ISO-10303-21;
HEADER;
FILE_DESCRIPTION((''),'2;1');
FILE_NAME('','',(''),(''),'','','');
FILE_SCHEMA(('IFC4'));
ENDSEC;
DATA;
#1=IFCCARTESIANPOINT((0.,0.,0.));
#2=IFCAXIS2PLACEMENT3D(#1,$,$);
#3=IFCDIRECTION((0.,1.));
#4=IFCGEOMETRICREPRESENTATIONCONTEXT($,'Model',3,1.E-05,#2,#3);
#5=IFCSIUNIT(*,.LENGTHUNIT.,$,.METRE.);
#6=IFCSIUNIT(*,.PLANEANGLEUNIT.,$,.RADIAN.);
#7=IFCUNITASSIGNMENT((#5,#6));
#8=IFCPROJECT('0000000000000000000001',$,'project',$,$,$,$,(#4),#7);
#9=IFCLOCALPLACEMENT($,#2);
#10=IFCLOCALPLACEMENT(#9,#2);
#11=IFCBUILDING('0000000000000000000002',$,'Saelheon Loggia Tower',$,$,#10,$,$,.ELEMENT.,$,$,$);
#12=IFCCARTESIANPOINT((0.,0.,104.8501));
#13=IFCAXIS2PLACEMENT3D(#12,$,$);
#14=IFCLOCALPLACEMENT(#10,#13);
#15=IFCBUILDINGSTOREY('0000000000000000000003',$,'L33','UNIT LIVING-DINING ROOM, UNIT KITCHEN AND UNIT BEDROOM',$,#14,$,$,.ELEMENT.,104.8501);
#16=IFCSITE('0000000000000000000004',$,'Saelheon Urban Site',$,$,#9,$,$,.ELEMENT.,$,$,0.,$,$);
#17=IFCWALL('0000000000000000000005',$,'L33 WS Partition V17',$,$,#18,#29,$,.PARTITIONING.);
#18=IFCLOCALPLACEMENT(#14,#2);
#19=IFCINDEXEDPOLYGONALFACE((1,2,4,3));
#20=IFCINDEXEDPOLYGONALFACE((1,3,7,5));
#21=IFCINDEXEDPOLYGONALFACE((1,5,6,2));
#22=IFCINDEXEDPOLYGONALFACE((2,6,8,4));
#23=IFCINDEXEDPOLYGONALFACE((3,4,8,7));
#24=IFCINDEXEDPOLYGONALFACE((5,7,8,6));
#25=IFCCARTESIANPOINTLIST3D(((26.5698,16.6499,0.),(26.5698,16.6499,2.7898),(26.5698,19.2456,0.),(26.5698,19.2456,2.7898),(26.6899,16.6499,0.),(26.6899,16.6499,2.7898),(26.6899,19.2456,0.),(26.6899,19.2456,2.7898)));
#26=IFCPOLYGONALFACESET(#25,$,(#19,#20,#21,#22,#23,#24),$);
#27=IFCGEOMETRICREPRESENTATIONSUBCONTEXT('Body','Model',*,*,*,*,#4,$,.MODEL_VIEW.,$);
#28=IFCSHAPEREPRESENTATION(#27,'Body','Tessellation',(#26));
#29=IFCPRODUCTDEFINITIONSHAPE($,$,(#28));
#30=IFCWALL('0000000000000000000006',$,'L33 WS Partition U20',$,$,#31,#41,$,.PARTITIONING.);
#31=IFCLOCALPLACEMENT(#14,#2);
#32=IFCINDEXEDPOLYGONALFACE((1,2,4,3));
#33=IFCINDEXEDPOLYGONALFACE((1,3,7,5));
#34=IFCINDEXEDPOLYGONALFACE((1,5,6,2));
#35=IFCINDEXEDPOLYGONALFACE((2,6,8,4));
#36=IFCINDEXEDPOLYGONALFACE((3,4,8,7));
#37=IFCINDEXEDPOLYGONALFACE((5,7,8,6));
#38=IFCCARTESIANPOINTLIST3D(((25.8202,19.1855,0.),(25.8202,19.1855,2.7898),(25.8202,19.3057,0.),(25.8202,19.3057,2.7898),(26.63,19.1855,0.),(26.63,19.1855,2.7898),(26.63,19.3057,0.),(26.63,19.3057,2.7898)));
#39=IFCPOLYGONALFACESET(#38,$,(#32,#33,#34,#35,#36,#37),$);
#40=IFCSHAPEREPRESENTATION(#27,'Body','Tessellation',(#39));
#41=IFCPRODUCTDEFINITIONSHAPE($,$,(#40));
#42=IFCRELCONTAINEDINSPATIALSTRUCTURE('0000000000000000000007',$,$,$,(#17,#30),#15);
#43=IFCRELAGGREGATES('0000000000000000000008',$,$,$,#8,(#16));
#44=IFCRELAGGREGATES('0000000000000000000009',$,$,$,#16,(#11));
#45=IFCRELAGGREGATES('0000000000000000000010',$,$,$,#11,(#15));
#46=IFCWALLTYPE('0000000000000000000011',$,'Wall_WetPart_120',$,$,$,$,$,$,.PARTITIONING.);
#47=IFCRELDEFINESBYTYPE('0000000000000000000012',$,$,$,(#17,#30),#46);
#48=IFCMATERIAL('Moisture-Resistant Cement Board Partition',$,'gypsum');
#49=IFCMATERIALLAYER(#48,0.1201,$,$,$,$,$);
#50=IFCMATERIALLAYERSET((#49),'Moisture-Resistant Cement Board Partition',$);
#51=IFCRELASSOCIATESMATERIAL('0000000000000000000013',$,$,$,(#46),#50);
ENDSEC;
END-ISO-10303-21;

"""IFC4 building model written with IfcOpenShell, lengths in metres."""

from ifc_helpers import new_model, si_unit, direction, frame, frame_2d, origin, place, context, subcontext, project, spatial, rectangle, extrude, material, layer, layer_set, type_object, element, save


model = new_model("IFC4")

# Units and contexts
model_context = context("Model", 3, precision=1e-05, world=origin(), true_north=direction((0.0, 1.0)))
body_context = subcontext(model_context, "Body", "Model", "MODEL_VIEW")
ifc_project = project(units=[si_unit("LENGTHUNIT", "METRE"), si_unit("PLANEANGLEUNIT", "RADIAN")], contexts=[model_context])

# Site, building, storey
site_placement = place(None, origin())
site = spatial("IfcSite", under=ifc_project, at=site_placement, Name="Saelheon Urban Site", CompositionType="ELEMENT", RefElevation=0.0)
building_placement = place(site_placement, origin())
building = spatial("IfcBuilding", under=site, at=building_placement, Name="Saelheon Loggia Tower", CompositionType="ELEMENT")
storey_placement = place(building_placement, frame((0.0, 0.0, 104.8501)))
storey = spatial("IfcBuildingStorey", under=building, at=storey_placement, Name="L33", Description="UNIT LIVING-DINING ROOM, UNIT KITCHEN AND UNIT BEDROOM", CompositionType="ELEMENT", Elevation=104.8501)

# Walls
ifc_material_1 = material(Name="Moisture-Resistant Cement Board Partition", Category="gypsum")
ifc_layer_1 = layer(ifc_material_1, 0.1201)
ifc_layer_set_1 = layer_set([ifc_layer_1], Name="Moisture-Resistant Cement Board Partition")
wall_type_1 = type_object("IfcWallType", Name="Wall_WetPart_120", PredefinedType="PARTITIONING", material=ifc_layer_set_1)
wall_1_placement = place(storey_placement, frame((26.6299, 16.6499, 0.0), z_axis=(0.0, 0.0, 1.0), x_axis=(0.0, 1.0, 0.0)))
element("IfcWall", 1, at=wall_1_placement, inside=storey, type_object=wall_type_1, Name="L33 WS Partition V17", PredefinedType="PARTITIONING", context=body_context, shape_type="SweptSolid", body=[
    extrude(rectangle(XDim=2.5957, YDim=0.1201, at=frame_2d((1.2979, 0.0))), origin(), (0.0, 0.0, 1.0), 2.7898),
])
wall_2_placement = place(storey_placement, frame((26.6299, 19.2456, 0.0), z_axis=(0.0, 0.0, 1.0), x_axis=(-1.0, 0.0, 0.0)))
element("IfcWall", 2, at=wall_2_placement, inside=storey, type_object=wall_type_1, Name="L33 WS Partition U20", PredefinedType="PARTITIONING", context=body_context, shape_type="SweptSolid", body=[
    extrude(rectangle(XDim=0.8098, YDim=0.1201, at=frame_2d((0.4048, 0.0))), origin(), (0.0, 0.0, 1.0), 2.7898),
])

save(model, "model.ifc")
